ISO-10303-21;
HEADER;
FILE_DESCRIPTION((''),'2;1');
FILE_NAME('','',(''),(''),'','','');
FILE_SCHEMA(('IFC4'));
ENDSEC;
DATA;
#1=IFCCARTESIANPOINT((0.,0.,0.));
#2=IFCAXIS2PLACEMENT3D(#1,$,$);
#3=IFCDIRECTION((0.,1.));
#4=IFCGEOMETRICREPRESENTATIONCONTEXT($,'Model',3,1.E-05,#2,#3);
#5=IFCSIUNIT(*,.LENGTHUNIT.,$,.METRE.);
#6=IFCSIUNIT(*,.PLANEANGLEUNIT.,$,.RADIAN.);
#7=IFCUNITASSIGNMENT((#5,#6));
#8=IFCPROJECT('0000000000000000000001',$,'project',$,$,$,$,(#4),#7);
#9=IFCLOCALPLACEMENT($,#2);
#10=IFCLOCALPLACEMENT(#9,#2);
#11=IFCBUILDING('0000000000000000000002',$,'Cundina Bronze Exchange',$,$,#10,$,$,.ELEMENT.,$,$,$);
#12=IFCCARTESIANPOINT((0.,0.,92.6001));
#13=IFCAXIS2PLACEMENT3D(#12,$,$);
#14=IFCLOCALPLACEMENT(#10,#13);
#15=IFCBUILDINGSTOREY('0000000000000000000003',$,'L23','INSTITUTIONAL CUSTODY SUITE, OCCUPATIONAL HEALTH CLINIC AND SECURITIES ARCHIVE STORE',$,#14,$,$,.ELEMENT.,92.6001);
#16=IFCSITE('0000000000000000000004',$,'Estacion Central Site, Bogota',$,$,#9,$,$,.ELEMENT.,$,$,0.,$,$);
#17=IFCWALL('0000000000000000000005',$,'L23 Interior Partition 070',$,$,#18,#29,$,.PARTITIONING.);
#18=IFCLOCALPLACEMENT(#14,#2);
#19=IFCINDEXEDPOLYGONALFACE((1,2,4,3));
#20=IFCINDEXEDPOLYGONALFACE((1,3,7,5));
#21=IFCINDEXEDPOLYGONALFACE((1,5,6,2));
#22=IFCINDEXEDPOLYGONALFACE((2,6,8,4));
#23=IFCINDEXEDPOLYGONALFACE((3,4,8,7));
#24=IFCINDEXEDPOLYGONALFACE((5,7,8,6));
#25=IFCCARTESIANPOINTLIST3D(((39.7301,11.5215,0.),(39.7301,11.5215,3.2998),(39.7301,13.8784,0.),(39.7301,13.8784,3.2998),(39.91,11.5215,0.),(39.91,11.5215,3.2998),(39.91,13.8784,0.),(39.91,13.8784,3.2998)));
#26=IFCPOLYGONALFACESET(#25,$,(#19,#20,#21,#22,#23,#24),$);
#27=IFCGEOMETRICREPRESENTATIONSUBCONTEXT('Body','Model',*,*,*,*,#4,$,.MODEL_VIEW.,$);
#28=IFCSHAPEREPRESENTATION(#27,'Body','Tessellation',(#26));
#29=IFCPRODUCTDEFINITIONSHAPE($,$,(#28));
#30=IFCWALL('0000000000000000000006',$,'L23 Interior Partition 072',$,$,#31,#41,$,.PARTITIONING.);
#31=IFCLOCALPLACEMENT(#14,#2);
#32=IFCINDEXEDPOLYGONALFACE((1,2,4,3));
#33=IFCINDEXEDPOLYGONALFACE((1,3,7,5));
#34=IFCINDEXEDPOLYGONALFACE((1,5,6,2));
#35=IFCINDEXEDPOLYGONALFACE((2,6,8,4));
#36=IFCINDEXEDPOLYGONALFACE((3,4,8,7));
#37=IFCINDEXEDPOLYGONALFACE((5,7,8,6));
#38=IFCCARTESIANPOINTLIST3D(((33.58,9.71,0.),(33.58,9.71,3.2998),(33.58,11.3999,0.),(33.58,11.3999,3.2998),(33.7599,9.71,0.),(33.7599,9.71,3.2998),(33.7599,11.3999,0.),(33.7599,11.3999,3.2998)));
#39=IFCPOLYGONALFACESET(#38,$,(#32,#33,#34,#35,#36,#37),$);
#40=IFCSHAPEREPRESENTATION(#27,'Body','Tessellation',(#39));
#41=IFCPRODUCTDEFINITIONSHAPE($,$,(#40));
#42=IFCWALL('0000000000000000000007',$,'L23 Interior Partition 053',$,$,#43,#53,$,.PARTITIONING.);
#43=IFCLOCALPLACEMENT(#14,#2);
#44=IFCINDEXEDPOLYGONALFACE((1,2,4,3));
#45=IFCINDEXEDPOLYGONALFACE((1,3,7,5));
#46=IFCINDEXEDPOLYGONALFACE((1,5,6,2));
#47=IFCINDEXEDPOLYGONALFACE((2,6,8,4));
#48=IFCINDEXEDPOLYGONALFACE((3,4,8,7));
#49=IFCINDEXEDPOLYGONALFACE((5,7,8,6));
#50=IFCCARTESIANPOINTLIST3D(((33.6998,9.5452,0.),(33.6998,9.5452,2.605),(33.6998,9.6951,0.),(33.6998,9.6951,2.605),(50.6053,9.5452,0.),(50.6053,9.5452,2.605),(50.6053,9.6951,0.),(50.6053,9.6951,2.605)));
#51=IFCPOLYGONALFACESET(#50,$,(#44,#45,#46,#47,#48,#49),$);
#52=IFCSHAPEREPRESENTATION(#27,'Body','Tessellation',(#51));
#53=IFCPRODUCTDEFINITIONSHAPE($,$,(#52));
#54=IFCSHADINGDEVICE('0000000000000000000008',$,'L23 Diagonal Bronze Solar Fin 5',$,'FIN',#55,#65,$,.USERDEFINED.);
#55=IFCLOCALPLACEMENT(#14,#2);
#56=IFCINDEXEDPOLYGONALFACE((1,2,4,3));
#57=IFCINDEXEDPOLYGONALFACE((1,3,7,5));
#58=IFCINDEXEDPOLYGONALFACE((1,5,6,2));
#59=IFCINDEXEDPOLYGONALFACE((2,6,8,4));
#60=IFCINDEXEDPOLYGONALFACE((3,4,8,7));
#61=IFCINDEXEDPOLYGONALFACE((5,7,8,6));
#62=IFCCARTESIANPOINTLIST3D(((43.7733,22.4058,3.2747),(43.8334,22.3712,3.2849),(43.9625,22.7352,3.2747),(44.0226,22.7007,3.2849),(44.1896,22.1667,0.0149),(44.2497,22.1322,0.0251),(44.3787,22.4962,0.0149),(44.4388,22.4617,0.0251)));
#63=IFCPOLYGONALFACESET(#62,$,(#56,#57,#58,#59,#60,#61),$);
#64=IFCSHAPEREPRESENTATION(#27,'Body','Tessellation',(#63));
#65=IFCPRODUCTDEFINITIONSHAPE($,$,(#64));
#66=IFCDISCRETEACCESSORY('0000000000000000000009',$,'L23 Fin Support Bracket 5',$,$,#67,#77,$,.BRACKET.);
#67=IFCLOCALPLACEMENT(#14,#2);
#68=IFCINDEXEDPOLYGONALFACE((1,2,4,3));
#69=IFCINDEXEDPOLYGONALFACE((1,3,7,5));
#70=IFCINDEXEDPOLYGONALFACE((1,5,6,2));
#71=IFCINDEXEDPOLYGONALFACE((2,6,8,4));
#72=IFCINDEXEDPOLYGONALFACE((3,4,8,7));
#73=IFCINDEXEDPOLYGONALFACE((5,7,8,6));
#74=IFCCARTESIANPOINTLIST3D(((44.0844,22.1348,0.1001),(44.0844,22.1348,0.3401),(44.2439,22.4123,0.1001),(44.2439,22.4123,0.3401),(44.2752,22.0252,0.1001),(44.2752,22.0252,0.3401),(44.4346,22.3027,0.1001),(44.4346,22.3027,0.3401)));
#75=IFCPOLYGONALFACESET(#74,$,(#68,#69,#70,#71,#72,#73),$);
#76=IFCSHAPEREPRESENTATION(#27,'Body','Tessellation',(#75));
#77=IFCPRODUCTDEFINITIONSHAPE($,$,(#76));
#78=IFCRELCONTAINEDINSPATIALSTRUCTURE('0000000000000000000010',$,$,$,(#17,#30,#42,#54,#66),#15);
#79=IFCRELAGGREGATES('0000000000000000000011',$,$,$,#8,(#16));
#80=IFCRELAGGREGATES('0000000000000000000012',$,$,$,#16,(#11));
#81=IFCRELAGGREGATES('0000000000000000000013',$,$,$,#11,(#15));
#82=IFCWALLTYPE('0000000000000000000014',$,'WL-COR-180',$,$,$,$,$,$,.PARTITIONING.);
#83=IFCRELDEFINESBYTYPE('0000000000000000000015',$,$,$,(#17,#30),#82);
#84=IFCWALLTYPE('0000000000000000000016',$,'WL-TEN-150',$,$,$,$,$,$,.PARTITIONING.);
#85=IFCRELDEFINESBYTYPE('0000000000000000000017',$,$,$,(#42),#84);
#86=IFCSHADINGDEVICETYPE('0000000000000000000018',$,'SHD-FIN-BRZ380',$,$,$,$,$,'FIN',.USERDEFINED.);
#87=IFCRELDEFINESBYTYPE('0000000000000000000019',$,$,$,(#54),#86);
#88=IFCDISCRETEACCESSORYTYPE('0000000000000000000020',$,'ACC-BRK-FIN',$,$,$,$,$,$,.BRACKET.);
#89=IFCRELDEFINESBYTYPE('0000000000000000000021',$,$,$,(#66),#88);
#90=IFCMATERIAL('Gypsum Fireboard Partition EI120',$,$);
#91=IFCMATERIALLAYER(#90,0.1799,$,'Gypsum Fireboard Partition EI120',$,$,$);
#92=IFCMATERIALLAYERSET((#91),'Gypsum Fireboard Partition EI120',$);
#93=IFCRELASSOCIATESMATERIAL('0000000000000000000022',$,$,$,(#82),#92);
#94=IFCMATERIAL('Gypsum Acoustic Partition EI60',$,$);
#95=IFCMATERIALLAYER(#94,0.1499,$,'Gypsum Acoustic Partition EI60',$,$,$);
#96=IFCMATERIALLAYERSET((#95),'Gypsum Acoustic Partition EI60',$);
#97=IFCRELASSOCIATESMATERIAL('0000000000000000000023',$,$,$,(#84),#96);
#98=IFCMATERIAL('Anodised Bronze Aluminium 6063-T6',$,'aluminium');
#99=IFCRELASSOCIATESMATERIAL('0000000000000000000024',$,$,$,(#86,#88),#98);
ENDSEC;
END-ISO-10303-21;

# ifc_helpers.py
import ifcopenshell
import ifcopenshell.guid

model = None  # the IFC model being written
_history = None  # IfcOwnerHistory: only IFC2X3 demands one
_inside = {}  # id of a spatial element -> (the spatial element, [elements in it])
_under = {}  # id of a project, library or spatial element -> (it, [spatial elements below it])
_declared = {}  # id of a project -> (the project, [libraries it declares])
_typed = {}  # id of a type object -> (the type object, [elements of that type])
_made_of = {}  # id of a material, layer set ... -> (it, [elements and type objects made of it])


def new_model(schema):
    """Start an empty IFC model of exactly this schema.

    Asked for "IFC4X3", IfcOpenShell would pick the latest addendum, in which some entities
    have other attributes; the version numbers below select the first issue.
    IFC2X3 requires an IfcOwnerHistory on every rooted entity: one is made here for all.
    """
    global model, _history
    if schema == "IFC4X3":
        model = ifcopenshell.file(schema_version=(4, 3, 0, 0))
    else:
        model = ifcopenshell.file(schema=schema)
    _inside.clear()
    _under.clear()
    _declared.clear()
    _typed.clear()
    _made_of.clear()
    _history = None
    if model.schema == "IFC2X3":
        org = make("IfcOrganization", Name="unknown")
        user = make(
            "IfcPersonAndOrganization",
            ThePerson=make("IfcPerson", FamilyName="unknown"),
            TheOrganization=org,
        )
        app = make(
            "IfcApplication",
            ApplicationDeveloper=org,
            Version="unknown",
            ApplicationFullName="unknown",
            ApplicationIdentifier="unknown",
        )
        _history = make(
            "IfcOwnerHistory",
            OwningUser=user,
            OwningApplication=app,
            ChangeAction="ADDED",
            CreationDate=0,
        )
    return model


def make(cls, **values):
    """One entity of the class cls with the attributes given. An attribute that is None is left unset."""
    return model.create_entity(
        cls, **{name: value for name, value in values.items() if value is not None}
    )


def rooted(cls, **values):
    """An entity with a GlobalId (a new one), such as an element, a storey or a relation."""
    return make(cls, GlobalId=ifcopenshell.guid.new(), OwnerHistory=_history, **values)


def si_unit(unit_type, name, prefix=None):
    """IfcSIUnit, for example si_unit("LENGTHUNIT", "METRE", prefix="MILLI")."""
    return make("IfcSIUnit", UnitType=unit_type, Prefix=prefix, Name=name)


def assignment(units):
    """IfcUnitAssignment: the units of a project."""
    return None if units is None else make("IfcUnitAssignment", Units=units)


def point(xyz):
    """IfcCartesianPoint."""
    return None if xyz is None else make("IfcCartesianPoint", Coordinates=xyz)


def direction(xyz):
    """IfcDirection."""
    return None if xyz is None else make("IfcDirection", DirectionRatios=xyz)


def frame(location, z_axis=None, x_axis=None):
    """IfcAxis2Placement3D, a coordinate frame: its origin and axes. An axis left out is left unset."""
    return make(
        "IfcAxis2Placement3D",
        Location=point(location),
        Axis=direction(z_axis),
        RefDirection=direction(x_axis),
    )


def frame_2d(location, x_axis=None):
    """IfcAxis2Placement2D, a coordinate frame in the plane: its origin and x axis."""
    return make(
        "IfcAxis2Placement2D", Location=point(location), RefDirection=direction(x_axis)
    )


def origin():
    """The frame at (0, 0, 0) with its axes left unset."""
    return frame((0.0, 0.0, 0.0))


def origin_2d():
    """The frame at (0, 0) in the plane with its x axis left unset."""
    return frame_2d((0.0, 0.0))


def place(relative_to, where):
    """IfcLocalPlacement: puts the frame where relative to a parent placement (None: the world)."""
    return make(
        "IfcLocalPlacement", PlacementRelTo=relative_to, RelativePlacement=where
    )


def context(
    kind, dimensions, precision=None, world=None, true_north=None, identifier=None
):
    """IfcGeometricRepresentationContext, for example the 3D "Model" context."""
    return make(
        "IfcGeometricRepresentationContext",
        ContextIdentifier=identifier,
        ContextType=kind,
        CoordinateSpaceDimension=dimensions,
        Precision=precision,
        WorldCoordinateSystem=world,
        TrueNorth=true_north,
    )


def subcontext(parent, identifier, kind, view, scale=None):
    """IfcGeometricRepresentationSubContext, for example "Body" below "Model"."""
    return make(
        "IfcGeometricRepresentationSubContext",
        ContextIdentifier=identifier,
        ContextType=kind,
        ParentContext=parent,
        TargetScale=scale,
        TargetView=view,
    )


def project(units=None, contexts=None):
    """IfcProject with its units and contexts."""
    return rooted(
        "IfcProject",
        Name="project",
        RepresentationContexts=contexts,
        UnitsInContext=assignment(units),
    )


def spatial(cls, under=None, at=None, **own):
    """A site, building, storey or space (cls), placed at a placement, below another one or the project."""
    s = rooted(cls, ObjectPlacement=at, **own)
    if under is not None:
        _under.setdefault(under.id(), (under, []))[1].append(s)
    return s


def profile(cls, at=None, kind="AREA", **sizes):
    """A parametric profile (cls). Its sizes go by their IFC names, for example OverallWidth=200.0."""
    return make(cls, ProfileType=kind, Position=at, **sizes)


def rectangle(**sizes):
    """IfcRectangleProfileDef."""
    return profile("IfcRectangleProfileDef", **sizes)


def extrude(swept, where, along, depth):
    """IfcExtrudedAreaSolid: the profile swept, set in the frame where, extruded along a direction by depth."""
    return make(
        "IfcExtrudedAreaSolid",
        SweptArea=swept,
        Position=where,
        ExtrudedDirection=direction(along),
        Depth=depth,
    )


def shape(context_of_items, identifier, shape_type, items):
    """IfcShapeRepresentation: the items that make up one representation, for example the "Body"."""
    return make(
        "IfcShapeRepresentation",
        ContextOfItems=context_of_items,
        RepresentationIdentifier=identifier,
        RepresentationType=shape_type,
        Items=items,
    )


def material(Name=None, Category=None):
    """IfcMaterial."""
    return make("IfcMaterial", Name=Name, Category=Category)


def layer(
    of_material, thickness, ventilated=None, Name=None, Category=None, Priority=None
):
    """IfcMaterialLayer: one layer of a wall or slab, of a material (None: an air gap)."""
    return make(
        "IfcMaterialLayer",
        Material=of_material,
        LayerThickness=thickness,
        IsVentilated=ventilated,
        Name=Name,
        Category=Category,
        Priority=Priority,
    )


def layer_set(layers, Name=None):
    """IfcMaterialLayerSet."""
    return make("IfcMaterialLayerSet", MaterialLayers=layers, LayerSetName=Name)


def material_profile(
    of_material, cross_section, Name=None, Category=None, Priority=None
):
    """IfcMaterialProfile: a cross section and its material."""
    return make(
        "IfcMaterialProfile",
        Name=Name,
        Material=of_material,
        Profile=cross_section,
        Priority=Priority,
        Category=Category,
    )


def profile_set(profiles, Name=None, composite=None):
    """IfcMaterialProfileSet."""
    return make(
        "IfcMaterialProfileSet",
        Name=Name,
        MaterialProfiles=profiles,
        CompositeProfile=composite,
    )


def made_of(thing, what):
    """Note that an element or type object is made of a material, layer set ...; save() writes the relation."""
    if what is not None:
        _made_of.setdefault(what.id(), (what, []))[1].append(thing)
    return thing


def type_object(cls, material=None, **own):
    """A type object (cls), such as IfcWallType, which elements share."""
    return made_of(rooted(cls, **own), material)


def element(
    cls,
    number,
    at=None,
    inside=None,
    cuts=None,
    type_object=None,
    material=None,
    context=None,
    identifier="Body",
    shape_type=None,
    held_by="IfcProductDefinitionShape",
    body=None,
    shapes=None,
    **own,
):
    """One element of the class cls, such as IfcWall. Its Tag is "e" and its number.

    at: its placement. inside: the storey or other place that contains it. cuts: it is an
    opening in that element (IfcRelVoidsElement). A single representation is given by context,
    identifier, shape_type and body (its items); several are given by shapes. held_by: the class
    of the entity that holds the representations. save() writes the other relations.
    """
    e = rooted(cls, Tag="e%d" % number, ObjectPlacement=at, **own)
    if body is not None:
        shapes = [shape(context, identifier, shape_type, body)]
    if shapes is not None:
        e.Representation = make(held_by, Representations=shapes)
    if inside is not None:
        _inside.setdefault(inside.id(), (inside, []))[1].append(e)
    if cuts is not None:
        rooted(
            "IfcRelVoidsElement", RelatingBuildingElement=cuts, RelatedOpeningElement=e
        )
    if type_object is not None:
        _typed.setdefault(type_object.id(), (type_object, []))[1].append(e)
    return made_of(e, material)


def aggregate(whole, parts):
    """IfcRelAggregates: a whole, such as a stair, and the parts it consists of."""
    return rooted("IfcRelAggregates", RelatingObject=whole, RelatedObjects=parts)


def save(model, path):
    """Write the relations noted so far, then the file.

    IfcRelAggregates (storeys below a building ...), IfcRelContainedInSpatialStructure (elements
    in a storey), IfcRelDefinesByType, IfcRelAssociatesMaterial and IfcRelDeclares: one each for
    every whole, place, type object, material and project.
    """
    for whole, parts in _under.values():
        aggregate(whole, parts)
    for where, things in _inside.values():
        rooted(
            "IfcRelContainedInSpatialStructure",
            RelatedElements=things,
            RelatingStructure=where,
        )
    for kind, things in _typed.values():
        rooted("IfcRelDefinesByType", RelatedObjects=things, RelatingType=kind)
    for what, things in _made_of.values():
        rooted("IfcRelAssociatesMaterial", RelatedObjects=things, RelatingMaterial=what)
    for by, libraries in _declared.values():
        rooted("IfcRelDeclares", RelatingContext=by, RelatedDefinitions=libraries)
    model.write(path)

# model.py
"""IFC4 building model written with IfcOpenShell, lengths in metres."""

from ifc_helpers import new_model, si_unit, direction, frame, frame_2d, origin, origin_2d, place, context, subcontext, project, spatial, rectangle, extrude, material, layer, layer_set, material_profile, profile_set, type_object, element, save


model = new_model("IFC4")

# Units and contexts
model_context = context("Model", 3, precision=1e-05, world=origin(), true_north=direction((0.0, 1.0)))
body_context = subcontext(model_context, "Body", "Model", "MODEL_VIEW")
ifc_project = project(units=[si_unit("LENGTHUNIT", "METRE"), si_unit("PLANEANGLEUNIT", "RADIAN")], contexts=[model_context])

# Site, building, storey
site_placement = place(None, origin())
site = spatial("IfcSite", under=ifc_project, at=site_placement, Name="Estacion Central Site, Bogota", CompositionType="ELEMENT", RefElevation=0.0)
building_placement = place(site_placement, origin())
building = spatial("IfcBuilding", under=site, at=building_placement, Name="Cundina Bronze Exchange", CompositionType="ELEMENT")
storey_placement = place(building_placement, frame((0.0, 0.0, 92.6001)))
storey = spatial("IfcBuildingStorey", under=building, at=storey_placement, Name="L23", Description="INSTITUTIONAL CUSTODY SUITE, OCCUPATIONAL HEALTH CLINIC AND SECURITIES ARCHIVE STORE", CompositionType="ELEMENT", Elevation=92.6001)

# Shared definitions
ifc_material_1 = material(Name="Anodised Bronze Aluminium 6063-T6", Category="aluminium")

# Shared definitions
ifc_material_2 = material(Name="Gypsum Fireboard Partition EI120")
ifc_layer_1 = layer(ifc_material_2, 0.1799, Name="Gypsum Fireboard Partition EI120")
ifc_layer_set_1 = layer_set([ifc_layer_1], Name="Gypsum Fireboard Partition EI120")
wall_type_1 = type_object("IfcWallType", Name="WL-COR-180", PredefinedType="PARTITIONING", material=ifc_layer_set_1)

# Walls
wall_1_placement = place(storey_placement, frame((39.8201, 11.5215, 0.0), z_axis=(0.0, 0.0, 1.0), x_axis=(0.0, 1.0, 0.0)))
element("IfcWall", 1, at=wall_1_placement, inside=storey, type_object=wall_type_1, Name="L23 Interior Partition 070", PredefinedType="PARTITIONING", context=body_context, shape_type="SweptSolid", body=[
    extrude(rectangle(XDim=2.3569, YDim=0.1799, at=frame_2d((1.1785, 0.0))), origin(), (0.0, 0.0, 1.0), 3.2998),
])
wall_2_placement = place(storey_placement, frame((33.6699, 9.71, 0.0), z_axis=(0.0, 0.0, 1.0), x_axis=(0.0, 1.0, 0.0)))
element("IfcWall", 2, at=wall_2_placement, inside=storey, type_object=wall_type_1, Name="L23 Interior Partition 072", PredefinedType="PARTITIONING", context=body_context, shape_type="SweptSolid", body=[
    extrude(rectangle(XDim=1.6899, YDim=0.1799, at=frame_2d((0.845, 0.0))), origin(), (0.0, 0.0, 1.0), 3.2998),
])
ifc_material_3 = material(Name="Gypsum Acoustic Partition EI60")
ifc_layer_2 = layer(ifc_material_3, 0.1499, Name="Gypsum Acoustic Partition EI60")
ifc_layer_set_2 = layer_set([ifc_layer_2], Name="Gypsum Acoustic Partition EI60")
wall_type_2 = type_object("IfcWallType", Name="WL-TEN-150", PredefinedType="PARTITIONING", material=ifc_layer_set_2)
wall_3_placement = place(storey_placement, frame((33.7, 9.6201, 0.0), z_axis=(0.0, 0.0, 1.0), x_axis=(1.0, 0.0, 0.0)))
element("IfcWall", 3, at=wall_3_placement, inside=storey, type_object=wall_type_2, Name="L23 Interior Partition 053", PredefinedType="PARTITIONING", context=body_context, shape_type="SweptSolid", body=[
    extrude(rectangle(XDim=16.9055, YDim=0.1499, at=frame_2d((8.4526, 0.0))), origin(), (0.0, 0.0, 1.0), 2.605),
])

# Shading device
ifc_material_profile_1 = material_profile(ifc_material_1, rectangle(XDim=0.0701, YDim=0.3799, at=origin_2d()), Name="FIN70X380", Category="aluminium")
ifc_profile_set_1 = profile_set([ifc_material_profile_1], Name="Anodised Bronze Aluminium 6063-T6")
shading_device_type = type_object("IfcShadingDeviceType", Name="SHD-FIN-BRZ380", ElementType="FIN", PredefinedType="USERDEFINED", material=ifc_profile_set_1)
shading_device_placement = place(storey_placement, frame((44.3142, 22.3142, 0.02), z_axis=(-0.126334, 0.07254, 0.989332), x_axis=(0.857957, -0.492633, 0.145679)))
element("IfcShadingDevice", 4, at=shading_device_placement, inside=storey, type_object=shading_device_type, Name="L23 Diagonal Bronze Solar Fin 5", ObjectType="FIN", PredefinedType="USERDEFINED", context=body_context, shape_type="SweptSolid", body=[
    extrude(rectangle(XDim=0.0701, YDim=0.3799, at=origin_2d()), origin(), (0.0, 0.0, 1.0), 3.2949),
])

# Discrete accessory
discrete_accessory_type = type_object("IfcDiscreteAccessoryType", Name="ACC-BRK-FIN", PredefinedType="BRACKET", material=ifc_material_1)
discrete_accessory_placement = place(storey_placement, frame((44.2595, 22.2188, 0.1001), z_axis=(0.0, 0.0, 1.0), x_axis=(-0.867105, 0.498125, 0.0)))
element("IfcDiscreteAccessory", 5, at=discrete_accessory_placement, inside=storey, type_object=discrete_accessory_type, Name="L23 Fin Support Bracket 5", PredefinedType="BRACKET", context=body_context, shape_type="SweptSolid", body=[
    extrude(rectangle(XDim=0.22, YDim=0.3201, at=origin_2d()), origin(), (0.0, 0.0, 1.0), 0.24),
])

save(model, "model.ifc")
